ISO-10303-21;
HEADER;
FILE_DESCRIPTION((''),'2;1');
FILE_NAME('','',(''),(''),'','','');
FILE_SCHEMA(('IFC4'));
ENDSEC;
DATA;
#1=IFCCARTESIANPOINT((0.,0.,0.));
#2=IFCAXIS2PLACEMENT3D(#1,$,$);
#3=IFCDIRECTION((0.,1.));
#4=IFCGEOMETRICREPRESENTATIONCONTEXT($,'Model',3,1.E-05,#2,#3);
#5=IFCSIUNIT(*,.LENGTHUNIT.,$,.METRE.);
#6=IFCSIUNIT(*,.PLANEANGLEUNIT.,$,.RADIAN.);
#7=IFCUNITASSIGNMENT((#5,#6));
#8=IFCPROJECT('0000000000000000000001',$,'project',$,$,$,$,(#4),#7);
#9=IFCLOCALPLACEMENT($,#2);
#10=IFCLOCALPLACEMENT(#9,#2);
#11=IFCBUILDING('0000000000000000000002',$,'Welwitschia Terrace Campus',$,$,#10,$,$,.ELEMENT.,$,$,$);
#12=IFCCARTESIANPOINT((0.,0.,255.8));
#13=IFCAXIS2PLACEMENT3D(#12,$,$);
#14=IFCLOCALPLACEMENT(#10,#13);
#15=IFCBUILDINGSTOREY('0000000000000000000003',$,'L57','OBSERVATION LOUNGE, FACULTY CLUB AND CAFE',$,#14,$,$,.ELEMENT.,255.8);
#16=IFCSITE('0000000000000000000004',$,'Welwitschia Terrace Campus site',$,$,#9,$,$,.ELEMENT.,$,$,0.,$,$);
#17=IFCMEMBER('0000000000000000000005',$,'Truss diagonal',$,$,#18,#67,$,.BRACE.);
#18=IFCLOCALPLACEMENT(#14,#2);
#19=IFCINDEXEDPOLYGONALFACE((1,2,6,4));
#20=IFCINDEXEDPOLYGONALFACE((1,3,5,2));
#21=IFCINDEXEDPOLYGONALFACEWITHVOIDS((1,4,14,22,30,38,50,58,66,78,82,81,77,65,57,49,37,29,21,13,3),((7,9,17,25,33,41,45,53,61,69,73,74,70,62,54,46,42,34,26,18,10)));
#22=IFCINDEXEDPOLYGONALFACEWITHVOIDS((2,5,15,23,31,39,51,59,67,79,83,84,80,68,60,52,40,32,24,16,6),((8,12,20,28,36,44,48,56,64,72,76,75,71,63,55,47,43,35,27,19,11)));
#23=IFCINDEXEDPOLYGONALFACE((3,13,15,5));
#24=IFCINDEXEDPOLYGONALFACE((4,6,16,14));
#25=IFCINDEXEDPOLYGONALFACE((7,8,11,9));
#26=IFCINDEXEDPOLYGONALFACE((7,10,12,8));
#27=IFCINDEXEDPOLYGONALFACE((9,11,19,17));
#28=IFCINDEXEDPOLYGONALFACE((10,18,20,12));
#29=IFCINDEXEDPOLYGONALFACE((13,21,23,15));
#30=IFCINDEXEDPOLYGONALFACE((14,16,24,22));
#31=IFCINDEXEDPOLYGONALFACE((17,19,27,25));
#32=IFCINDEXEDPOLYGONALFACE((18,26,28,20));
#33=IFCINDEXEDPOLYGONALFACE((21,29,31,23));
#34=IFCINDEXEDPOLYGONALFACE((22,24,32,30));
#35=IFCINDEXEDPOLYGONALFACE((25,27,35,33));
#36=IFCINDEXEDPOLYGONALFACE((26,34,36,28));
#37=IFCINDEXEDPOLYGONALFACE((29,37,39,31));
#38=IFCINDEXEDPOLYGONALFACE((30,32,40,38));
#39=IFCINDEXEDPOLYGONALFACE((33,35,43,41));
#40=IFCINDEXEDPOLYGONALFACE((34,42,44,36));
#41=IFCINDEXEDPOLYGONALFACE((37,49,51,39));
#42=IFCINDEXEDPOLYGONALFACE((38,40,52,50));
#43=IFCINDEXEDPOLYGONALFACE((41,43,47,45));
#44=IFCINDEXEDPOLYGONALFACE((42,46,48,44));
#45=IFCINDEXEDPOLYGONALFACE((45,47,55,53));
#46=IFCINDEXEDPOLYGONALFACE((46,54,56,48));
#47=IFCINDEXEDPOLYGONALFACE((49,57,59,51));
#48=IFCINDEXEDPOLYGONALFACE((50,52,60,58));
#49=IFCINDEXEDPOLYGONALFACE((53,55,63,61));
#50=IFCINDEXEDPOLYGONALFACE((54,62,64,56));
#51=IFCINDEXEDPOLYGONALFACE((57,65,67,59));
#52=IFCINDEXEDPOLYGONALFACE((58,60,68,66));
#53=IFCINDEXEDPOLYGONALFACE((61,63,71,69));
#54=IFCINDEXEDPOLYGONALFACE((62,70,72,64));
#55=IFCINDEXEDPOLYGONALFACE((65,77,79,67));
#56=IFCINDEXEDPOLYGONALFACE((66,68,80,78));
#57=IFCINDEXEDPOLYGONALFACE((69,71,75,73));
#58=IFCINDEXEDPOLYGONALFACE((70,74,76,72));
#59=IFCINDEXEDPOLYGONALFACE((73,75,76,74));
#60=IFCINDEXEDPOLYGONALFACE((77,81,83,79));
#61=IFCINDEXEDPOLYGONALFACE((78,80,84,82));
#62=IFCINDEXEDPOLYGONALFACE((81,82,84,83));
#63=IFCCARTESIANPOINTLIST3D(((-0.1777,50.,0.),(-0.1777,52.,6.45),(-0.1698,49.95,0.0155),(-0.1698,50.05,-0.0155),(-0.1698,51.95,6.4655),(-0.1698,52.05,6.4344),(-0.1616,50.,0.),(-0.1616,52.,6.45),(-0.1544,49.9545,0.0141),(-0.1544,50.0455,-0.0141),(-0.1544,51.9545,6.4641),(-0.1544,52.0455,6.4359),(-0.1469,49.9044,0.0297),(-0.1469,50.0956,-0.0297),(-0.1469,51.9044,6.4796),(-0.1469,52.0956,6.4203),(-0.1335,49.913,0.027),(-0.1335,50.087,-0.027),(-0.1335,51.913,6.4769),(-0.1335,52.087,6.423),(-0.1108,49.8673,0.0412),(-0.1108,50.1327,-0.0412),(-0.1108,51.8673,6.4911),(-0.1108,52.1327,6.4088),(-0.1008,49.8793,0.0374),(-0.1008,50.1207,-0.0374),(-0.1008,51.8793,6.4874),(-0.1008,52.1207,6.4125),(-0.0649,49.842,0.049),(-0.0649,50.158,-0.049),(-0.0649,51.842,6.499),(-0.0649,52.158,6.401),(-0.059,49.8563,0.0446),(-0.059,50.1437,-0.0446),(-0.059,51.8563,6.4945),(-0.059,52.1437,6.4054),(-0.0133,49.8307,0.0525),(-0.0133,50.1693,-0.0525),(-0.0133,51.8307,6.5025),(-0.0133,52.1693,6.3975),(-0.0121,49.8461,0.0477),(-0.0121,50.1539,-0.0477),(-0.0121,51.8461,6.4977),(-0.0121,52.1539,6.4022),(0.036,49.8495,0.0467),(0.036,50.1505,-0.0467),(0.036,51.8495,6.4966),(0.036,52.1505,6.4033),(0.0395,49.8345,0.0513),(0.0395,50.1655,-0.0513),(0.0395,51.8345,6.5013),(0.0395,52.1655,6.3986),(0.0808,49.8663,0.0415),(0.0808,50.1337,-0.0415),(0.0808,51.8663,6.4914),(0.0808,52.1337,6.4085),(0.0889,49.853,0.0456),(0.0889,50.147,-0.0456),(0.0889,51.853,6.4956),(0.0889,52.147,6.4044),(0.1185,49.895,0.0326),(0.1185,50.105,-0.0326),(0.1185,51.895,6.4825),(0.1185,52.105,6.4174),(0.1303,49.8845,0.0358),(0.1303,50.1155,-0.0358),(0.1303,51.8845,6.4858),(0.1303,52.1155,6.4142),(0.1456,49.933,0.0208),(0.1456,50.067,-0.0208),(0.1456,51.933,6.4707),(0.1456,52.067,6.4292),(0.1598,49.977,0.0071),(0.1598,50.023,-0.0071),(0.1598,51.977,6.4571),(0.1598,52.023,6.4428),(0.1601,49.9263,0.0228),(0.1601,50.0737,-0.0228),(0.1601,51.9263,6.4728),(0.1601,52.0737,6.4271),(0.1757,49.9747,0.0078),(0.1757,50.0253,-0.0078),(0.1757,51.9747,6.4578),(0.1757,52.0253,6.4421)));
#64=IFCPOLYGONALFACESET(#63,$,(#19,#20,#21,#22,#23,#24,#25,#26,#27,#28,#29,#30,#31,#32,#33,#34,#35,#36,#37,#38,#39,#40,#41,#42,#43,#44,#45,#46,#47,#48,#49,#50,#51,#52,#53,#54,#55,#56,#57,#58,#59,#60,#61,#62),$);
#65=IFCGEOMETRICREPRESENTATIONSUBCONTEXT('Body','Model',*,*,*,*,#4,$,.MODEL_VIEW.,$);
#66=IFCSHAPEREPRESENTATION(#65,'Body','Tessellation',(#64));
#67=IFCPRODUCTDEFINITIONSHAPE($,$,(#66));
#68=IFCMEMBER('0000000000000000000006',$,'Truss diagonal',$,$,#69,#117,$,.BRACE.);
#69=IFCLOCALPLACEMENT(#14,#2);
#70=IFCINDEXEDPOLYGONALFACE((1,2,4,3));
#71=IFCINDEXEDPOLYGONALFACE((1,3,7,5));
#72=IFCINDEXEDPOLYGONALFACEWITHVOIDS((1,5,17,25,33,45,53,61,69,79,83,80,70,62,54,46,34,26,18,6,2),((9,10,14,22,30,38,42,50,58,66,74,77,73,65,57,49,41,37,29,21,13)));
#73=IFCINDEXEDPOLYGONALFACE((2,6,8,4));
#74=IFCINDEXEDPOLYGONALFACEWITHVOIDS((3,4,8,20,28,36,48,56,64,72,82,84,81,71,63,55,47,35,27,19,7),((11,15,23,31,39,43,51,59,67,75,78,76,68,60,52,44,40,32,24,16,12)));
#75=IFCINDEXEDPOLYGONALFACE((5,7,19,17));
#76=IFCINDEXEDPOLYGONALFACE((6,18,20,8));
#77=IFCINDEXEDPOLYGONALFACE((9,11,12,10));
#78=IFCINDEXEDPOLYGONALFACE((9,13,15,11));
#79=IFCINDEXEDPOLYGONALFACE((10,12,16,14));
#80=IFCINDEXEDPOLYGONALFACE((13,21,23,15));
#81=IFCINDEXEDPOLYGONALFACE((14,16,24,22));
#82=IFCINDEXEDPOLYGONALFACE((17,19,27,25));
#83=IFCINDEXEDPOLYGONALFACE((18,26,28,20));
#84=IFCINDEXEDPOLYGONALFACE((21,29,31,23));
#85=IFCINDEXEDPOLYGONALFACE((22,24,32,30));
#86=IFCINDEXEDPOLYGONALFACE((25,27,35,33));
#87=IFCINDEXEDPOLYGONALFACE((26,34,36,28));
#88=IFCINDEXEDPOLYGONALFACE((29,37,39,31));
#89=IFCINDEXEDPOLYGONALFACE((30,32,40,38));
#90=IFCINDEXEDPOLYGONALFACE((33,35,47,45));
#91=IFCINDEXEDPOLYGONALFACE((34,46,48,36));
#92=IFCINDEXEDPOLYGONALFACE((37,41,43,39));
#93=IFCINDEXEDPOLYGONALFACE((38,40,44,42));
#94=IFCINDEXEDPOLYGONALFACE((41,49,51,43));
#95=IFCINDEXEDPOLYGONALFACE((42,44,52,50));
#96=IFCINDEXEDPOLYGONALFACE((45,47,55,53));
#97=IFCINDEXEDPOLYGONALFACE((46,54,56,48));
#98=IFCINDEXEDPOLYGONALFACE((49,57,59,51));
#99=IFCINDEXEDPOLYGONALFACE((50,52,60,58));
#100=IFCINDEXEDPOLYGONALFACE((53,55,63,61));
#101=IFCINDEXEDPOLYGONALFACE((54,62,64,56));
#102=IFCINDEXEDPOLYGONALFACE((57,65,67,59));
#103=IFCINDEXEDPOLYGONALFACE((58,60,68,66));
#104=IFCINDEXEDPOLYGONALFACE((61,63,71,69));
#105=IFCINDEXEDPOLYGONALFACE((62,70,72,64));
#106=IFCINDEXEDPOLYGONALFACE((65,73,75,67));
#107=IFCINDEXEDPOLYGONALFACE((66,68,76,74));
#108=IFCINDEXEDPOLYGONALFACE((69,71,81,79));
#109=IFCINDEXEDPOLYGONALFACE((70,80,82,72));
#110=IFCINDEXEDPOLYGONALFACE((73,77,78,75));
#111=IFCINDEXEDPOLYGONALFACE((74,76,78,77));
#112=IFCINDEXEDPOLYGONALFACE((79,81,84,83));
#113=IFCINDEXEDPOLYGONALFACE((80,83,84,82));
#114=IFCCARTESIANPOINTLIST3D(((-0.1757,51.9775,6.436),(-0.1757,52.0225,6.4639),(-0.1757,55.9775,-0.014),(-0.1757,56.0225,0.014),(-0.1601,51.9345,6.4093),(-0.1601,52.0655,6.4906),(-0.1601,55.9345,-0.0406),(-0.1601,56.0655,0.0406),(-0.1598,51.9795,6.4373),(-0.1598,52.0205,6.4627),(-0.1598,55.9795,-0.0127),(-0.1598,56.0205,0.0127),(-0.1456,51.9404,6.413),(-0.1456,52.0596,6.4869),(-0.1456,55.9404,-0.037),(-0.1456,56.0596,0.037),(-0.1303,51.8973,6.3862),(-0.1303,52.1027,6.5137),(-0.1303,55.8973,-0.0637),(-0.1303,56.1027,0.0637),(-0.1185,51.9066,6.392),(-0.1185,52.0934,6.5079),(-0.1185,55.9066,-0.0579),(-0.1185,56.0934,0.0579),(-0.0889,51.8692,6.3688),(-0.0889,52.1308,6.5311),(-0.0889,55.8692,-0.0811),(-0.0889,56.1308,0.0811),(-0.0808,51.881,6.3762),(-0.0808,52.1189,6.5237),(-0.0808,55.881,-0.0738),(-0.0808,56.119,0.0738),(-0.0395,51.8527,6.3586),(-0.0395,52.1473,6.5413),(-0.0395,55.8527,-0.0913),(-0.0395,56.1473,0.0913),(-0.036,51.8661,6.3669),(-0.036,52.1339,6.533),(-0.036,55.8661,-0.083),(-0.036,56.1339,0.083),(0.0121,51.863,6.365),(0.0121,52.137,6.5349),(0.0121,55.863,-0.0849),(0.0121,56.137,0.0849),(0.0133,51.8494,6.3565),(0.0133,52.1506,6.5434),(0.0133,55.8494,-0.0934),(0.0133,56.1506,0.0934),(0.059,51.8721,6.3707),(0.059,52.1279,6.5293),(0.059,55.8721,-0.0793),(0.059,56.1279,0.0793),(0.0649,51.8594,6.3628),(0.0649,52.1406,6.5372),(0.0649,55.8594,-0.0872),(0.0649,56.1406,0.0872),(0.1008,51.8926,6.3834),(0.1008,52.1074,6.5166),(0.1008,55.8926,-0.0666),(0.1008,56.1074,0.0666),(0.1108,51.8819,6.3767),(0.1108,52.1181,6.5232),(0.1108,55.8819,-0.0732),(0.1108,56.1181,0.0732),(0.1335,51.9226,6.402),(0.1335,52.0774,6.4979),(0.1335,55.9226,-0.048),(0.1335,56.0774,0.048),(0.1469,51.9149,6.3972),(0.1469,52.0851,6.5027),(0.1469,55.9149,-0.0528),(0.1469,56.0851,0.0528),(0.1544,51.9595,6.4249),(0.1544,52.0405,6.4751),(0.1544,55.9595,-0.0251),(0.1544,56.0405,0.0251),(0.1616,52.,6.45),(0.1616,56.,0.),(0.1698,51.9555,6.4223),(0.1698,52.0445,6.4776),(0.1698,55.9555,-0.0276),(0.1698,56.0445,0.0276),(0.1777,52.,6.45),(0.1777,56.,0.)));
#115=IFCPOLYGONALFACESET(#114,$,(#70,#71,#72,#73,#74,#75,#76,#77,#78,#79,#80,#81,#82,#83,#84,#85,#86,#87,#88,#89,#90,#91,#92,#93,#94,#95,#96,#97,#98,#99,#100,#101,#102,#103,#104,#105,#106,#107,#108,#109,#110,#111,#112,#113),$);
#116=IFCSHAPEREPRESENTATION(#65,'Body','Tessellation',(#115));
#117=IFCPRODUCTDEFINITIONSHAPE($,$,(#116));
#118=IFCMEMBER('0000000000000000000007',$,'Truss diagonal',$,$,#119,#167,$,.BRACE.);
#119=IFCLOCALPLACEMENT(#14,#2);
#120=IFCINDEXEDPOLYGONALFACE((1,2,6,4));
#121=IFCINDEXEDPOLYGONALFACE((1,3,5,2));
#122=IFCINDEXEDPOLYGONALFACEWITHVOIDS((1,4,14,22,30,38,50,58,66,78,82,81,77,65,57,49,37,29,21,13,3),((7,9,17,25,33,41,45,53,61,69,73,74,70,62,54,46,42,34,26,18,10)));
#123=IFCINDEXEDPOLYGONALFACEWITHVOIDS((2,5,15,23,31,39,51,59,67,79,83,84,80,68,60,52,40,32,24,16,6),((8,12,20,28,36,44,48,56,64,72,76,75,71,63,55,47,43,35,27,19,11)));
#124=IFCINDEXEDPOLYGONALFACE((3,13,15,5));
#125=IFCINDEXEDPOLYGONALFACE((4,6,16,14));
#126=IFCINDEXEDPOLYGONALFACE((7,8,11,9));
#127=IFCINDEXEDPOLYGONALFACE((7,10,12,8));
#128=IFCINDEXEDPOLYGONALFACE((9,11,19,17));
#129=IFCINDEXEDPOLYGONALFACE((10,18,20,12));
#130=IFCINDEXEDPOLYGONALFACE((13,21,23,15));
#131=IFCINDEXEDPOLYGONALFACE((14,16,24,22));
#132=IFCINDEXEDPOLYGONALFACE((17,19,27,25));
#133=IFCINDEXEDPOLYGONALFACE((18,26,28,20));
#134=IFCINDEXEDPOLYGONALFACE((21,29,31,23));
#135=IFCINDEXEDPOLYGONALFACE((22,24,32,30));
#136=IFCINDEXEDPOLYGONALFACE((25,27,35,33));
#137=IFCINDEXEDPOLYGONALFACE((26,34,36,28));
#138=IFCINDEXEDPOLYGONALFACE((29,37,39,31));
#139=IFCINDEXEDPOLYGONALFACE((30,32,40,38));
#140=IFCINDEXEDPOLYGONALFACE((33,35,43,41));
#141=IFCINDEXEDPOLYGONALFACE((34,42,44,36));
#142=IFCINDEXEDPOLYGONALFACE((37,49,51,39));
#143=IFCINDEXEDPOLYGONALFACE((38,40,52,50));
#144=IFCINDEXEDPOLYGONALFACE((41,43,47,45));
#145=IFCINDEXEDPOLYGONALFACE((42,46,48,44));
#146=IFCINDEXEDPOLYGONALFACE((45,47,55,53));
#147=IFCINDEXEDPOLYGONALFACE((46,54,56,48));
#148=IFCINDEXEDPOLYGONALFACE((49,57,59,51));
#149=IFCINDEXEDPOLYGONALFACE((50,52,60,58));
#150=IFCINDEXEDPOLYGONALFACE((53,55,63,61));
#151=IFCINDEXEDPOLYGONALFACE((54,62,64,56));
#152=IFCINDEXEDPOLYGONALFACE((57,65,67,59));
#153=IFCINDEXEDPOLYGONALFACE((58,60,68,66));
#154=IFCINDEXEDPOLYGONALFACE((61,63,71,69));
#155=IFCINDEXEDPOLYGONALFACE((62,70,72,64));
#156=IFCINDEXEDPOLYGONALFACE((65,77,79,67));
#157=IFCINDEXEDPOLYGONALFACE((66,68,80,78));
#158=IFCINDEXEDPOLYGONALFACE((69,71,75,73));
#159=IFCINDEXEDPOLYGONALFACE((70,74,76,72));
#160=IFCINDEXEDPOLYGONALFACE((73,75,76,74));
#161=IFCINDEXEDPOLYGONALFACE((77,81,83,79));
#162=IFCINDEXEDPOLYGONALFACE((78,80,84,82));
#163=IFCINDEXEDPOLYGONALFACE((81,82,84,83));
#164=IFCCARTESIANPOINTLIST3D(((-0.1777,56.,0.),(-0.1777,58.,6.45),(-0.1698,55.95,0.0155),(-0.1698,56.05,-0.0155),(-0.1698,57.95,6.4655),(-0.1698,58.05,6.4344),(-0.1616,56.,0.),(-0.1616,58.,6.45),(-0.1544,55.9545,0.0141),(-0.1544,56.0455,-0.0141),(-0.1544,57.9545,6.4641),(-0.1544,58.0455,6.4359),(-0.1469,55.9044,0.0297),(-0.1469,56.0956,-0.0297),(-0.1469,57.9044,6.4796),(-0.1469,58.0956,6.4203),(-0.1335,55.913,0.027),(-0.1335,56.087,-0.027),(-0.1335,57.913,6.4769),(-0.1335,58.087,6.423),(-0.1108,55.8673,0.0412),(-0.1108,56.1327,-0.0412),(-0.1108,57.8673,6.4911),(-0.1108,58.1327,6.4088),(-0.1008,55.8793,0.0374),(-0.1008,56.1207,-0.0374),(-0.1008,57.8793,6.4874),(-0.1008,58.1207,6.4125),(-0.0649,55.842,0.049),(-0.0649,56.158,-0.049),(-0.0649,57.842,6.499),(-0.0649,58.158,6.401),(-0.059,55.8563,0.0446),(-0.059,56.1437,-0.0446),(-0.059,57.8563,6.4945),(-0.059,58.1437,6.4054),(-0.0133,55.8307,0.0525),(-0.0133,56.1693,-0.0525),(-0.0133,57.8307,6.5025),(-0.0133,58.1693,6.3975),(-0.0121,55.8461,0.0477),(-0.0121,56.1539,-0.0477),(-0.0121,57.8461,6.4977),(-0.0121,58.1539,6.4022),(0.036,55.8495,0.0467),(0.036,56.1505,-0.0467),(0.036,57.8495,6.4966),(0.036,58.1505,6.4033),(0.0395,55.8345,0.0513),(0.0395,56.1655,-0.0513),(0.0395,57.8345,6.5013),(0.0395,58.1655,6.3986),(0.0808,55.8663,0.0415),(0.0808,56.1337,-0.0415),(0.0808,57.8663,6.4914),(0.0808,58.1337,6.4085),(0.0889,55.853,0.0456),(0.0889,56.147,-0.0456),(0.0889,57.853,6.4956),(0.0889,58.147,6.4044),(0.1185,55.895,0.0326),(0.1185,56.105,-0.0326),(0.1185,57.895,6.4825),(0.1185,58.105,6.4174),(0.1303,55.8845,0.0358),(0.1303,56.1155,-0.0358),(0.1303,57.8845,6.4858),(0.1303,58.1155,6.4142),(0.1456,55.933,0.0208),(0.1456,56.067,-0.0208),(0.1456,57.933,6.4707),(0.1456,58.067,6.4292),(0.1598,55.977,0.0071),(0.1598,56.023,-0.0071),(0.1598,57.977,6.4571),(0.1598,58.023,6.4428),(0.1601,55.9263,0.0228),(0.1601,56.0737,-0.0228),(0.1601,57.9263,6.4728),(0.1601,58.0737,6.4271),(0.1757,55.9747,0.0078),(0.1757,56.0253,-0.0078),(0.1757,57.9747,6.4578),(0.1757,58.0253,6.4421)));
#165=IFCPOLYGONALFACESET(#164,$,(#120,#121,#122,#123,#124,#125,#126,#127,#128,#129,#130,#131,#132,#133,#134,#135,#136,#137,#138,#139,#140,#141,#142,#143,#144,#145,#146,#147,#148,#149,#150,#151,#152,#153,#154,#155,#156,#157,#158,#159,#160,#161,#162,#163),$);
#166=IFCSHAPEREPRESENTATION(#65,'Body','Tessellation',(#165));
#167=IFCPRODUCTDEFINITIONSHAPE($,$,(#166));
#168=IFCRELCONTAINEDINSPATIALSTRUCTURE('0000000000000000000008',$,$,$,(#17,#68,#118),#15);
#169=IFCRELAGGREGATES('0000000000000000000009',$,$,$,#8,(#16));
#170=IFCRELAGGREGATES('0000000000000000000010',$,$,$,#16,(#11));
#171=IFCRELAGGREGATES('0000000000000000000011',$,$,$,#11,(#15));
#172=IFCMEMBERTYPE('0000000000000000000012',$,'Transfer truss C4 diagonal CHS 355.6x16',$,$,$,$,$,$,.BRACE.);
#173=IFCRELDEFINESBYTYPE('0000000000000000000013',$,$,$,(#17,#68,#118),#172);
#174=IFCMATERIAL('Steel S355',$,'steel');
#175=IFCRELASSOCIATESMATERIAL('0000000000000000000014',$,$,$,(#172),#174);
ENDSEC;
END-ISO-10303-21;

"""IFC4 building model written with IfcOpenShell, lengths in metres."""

from ifc_helpers import new_model, si_unit, direction, frame, origin, origin_2d, place, context, subcontext, project, spatial, hollow_circle, extrude, material, material_profile, profile_set, type_object, element, save


model = new_model("IFC4")

# Units and contexts
model_context = context("Model", 3, precision=1e-05, world=origin(), true_north=direction((0.0, 1.0)))
body_context = subcontext(model_context, "Body", "Model", "MODEL_VIEW")
ifc_project = project(units=[si_unit("LENGTHUNIT", "METRE"), si_unit("PLANEANGLEUNIT", "RADIAN")], contexts=[model_context])

# Site, building, storey
site_placement = place(None, origin())
site = spatial("IfcSite", under=ifc_project, at=site_placement, Name="Welwitschia Terrace Campus site", CompositionType="ELEMENT", RefElevation=0.0)
building_placement = place(site_placement, origin())
building = spatial("IfcBuilding", under=site, at=building_placement, Name="Welwitschia Terrace Campus", CompositionType="ELEMENT")
storey_placement = place(building_placement, frame((0.0, 0.0, 255.8)))
storey = spatial("IfcBuildingStorey", under=building, at=storey_placement, Name="L57", Description="OBSERVATION LOUNGE, FACULTY CLUB AND CAFE", CompositionType="ELEMENT", Elevation=255.8)

# Members
ifc_material_1 = material(Name="Steel S355", Category="steel")
ifc_material_profile_1 = material_profile(ifc_material_1, hollow_circle(Radius=0.1777, WallThickness=0.0161, at=origin_2d()))
ifc_profile_set_1 = profile_set([ifc_material_profile_1], Name="Steel S355")
member_type_1 = type_object("IfcMemberType", Name="Transfer truss C4 diagonal CHS 355.6x16", PredefinedType="BRACE", material=ifc_profile_set_1)
member_1_placement = place(storey_placement, frame((0.0, 50.0, 0.0), z_axis=(0.0, 0.296168, 0.955136), x_axis=(-1.0, 0.0, 0.0)))
element("IfcMember", 1, at=member_1_placement, inside=storey, type_object=member_type_1, Name="Truss diagonal", PredefinedType="BRACE", context=body_context, shape_type="SweptSolid", body=[
    extrude(hollow_circle(Radius=0.1777, WallThickness=0.0161, at=origin_2d()), origin(), (0.0, 0.0, 1.0), 6.7529),
])
member_2_placement = place(storey_placement, frame((0.0, 56.0, 0.0), z_axis=(0.0, -0.527038, 0.849842), x_axis=(1.0, 0.0, 0.0)))
element("IfcMember", 2, at=member_2_placement, inside=storey, type_object=member_type_1, Name="Truss diagonal", PredefinedType="BRACE", context=body_context, shape_type="SweptSolid", body=[
    extrude(hollow_circle(Radius=0.1777, WallThickness=0.0161, at=origin_2d()), origin(), (0.0, 0.0, 1.0), 7.5896),
])
member_3_placement = place(storey_placement, frame((0.0, 56.0, 0.0), z_axis=(0.0, 0.296168, 0.955136), x_axis=(-1.0, 0.0, 0.0)))
element("IfcMember", 3, at=member_3_placement, inside=storey, type_object=member_type_1, Name="Truss diagonal", PredefinedType="BRACE", context=body_context, shape_type="SweptSolid", body=[
    extrude(hollow_circle(Radius=0.1777, WallThickness=0.0161, at=origin_2d()), origin(), (0.0, 0.0, 1.0), 6.7529),
])

save(model, "model.ifc")
